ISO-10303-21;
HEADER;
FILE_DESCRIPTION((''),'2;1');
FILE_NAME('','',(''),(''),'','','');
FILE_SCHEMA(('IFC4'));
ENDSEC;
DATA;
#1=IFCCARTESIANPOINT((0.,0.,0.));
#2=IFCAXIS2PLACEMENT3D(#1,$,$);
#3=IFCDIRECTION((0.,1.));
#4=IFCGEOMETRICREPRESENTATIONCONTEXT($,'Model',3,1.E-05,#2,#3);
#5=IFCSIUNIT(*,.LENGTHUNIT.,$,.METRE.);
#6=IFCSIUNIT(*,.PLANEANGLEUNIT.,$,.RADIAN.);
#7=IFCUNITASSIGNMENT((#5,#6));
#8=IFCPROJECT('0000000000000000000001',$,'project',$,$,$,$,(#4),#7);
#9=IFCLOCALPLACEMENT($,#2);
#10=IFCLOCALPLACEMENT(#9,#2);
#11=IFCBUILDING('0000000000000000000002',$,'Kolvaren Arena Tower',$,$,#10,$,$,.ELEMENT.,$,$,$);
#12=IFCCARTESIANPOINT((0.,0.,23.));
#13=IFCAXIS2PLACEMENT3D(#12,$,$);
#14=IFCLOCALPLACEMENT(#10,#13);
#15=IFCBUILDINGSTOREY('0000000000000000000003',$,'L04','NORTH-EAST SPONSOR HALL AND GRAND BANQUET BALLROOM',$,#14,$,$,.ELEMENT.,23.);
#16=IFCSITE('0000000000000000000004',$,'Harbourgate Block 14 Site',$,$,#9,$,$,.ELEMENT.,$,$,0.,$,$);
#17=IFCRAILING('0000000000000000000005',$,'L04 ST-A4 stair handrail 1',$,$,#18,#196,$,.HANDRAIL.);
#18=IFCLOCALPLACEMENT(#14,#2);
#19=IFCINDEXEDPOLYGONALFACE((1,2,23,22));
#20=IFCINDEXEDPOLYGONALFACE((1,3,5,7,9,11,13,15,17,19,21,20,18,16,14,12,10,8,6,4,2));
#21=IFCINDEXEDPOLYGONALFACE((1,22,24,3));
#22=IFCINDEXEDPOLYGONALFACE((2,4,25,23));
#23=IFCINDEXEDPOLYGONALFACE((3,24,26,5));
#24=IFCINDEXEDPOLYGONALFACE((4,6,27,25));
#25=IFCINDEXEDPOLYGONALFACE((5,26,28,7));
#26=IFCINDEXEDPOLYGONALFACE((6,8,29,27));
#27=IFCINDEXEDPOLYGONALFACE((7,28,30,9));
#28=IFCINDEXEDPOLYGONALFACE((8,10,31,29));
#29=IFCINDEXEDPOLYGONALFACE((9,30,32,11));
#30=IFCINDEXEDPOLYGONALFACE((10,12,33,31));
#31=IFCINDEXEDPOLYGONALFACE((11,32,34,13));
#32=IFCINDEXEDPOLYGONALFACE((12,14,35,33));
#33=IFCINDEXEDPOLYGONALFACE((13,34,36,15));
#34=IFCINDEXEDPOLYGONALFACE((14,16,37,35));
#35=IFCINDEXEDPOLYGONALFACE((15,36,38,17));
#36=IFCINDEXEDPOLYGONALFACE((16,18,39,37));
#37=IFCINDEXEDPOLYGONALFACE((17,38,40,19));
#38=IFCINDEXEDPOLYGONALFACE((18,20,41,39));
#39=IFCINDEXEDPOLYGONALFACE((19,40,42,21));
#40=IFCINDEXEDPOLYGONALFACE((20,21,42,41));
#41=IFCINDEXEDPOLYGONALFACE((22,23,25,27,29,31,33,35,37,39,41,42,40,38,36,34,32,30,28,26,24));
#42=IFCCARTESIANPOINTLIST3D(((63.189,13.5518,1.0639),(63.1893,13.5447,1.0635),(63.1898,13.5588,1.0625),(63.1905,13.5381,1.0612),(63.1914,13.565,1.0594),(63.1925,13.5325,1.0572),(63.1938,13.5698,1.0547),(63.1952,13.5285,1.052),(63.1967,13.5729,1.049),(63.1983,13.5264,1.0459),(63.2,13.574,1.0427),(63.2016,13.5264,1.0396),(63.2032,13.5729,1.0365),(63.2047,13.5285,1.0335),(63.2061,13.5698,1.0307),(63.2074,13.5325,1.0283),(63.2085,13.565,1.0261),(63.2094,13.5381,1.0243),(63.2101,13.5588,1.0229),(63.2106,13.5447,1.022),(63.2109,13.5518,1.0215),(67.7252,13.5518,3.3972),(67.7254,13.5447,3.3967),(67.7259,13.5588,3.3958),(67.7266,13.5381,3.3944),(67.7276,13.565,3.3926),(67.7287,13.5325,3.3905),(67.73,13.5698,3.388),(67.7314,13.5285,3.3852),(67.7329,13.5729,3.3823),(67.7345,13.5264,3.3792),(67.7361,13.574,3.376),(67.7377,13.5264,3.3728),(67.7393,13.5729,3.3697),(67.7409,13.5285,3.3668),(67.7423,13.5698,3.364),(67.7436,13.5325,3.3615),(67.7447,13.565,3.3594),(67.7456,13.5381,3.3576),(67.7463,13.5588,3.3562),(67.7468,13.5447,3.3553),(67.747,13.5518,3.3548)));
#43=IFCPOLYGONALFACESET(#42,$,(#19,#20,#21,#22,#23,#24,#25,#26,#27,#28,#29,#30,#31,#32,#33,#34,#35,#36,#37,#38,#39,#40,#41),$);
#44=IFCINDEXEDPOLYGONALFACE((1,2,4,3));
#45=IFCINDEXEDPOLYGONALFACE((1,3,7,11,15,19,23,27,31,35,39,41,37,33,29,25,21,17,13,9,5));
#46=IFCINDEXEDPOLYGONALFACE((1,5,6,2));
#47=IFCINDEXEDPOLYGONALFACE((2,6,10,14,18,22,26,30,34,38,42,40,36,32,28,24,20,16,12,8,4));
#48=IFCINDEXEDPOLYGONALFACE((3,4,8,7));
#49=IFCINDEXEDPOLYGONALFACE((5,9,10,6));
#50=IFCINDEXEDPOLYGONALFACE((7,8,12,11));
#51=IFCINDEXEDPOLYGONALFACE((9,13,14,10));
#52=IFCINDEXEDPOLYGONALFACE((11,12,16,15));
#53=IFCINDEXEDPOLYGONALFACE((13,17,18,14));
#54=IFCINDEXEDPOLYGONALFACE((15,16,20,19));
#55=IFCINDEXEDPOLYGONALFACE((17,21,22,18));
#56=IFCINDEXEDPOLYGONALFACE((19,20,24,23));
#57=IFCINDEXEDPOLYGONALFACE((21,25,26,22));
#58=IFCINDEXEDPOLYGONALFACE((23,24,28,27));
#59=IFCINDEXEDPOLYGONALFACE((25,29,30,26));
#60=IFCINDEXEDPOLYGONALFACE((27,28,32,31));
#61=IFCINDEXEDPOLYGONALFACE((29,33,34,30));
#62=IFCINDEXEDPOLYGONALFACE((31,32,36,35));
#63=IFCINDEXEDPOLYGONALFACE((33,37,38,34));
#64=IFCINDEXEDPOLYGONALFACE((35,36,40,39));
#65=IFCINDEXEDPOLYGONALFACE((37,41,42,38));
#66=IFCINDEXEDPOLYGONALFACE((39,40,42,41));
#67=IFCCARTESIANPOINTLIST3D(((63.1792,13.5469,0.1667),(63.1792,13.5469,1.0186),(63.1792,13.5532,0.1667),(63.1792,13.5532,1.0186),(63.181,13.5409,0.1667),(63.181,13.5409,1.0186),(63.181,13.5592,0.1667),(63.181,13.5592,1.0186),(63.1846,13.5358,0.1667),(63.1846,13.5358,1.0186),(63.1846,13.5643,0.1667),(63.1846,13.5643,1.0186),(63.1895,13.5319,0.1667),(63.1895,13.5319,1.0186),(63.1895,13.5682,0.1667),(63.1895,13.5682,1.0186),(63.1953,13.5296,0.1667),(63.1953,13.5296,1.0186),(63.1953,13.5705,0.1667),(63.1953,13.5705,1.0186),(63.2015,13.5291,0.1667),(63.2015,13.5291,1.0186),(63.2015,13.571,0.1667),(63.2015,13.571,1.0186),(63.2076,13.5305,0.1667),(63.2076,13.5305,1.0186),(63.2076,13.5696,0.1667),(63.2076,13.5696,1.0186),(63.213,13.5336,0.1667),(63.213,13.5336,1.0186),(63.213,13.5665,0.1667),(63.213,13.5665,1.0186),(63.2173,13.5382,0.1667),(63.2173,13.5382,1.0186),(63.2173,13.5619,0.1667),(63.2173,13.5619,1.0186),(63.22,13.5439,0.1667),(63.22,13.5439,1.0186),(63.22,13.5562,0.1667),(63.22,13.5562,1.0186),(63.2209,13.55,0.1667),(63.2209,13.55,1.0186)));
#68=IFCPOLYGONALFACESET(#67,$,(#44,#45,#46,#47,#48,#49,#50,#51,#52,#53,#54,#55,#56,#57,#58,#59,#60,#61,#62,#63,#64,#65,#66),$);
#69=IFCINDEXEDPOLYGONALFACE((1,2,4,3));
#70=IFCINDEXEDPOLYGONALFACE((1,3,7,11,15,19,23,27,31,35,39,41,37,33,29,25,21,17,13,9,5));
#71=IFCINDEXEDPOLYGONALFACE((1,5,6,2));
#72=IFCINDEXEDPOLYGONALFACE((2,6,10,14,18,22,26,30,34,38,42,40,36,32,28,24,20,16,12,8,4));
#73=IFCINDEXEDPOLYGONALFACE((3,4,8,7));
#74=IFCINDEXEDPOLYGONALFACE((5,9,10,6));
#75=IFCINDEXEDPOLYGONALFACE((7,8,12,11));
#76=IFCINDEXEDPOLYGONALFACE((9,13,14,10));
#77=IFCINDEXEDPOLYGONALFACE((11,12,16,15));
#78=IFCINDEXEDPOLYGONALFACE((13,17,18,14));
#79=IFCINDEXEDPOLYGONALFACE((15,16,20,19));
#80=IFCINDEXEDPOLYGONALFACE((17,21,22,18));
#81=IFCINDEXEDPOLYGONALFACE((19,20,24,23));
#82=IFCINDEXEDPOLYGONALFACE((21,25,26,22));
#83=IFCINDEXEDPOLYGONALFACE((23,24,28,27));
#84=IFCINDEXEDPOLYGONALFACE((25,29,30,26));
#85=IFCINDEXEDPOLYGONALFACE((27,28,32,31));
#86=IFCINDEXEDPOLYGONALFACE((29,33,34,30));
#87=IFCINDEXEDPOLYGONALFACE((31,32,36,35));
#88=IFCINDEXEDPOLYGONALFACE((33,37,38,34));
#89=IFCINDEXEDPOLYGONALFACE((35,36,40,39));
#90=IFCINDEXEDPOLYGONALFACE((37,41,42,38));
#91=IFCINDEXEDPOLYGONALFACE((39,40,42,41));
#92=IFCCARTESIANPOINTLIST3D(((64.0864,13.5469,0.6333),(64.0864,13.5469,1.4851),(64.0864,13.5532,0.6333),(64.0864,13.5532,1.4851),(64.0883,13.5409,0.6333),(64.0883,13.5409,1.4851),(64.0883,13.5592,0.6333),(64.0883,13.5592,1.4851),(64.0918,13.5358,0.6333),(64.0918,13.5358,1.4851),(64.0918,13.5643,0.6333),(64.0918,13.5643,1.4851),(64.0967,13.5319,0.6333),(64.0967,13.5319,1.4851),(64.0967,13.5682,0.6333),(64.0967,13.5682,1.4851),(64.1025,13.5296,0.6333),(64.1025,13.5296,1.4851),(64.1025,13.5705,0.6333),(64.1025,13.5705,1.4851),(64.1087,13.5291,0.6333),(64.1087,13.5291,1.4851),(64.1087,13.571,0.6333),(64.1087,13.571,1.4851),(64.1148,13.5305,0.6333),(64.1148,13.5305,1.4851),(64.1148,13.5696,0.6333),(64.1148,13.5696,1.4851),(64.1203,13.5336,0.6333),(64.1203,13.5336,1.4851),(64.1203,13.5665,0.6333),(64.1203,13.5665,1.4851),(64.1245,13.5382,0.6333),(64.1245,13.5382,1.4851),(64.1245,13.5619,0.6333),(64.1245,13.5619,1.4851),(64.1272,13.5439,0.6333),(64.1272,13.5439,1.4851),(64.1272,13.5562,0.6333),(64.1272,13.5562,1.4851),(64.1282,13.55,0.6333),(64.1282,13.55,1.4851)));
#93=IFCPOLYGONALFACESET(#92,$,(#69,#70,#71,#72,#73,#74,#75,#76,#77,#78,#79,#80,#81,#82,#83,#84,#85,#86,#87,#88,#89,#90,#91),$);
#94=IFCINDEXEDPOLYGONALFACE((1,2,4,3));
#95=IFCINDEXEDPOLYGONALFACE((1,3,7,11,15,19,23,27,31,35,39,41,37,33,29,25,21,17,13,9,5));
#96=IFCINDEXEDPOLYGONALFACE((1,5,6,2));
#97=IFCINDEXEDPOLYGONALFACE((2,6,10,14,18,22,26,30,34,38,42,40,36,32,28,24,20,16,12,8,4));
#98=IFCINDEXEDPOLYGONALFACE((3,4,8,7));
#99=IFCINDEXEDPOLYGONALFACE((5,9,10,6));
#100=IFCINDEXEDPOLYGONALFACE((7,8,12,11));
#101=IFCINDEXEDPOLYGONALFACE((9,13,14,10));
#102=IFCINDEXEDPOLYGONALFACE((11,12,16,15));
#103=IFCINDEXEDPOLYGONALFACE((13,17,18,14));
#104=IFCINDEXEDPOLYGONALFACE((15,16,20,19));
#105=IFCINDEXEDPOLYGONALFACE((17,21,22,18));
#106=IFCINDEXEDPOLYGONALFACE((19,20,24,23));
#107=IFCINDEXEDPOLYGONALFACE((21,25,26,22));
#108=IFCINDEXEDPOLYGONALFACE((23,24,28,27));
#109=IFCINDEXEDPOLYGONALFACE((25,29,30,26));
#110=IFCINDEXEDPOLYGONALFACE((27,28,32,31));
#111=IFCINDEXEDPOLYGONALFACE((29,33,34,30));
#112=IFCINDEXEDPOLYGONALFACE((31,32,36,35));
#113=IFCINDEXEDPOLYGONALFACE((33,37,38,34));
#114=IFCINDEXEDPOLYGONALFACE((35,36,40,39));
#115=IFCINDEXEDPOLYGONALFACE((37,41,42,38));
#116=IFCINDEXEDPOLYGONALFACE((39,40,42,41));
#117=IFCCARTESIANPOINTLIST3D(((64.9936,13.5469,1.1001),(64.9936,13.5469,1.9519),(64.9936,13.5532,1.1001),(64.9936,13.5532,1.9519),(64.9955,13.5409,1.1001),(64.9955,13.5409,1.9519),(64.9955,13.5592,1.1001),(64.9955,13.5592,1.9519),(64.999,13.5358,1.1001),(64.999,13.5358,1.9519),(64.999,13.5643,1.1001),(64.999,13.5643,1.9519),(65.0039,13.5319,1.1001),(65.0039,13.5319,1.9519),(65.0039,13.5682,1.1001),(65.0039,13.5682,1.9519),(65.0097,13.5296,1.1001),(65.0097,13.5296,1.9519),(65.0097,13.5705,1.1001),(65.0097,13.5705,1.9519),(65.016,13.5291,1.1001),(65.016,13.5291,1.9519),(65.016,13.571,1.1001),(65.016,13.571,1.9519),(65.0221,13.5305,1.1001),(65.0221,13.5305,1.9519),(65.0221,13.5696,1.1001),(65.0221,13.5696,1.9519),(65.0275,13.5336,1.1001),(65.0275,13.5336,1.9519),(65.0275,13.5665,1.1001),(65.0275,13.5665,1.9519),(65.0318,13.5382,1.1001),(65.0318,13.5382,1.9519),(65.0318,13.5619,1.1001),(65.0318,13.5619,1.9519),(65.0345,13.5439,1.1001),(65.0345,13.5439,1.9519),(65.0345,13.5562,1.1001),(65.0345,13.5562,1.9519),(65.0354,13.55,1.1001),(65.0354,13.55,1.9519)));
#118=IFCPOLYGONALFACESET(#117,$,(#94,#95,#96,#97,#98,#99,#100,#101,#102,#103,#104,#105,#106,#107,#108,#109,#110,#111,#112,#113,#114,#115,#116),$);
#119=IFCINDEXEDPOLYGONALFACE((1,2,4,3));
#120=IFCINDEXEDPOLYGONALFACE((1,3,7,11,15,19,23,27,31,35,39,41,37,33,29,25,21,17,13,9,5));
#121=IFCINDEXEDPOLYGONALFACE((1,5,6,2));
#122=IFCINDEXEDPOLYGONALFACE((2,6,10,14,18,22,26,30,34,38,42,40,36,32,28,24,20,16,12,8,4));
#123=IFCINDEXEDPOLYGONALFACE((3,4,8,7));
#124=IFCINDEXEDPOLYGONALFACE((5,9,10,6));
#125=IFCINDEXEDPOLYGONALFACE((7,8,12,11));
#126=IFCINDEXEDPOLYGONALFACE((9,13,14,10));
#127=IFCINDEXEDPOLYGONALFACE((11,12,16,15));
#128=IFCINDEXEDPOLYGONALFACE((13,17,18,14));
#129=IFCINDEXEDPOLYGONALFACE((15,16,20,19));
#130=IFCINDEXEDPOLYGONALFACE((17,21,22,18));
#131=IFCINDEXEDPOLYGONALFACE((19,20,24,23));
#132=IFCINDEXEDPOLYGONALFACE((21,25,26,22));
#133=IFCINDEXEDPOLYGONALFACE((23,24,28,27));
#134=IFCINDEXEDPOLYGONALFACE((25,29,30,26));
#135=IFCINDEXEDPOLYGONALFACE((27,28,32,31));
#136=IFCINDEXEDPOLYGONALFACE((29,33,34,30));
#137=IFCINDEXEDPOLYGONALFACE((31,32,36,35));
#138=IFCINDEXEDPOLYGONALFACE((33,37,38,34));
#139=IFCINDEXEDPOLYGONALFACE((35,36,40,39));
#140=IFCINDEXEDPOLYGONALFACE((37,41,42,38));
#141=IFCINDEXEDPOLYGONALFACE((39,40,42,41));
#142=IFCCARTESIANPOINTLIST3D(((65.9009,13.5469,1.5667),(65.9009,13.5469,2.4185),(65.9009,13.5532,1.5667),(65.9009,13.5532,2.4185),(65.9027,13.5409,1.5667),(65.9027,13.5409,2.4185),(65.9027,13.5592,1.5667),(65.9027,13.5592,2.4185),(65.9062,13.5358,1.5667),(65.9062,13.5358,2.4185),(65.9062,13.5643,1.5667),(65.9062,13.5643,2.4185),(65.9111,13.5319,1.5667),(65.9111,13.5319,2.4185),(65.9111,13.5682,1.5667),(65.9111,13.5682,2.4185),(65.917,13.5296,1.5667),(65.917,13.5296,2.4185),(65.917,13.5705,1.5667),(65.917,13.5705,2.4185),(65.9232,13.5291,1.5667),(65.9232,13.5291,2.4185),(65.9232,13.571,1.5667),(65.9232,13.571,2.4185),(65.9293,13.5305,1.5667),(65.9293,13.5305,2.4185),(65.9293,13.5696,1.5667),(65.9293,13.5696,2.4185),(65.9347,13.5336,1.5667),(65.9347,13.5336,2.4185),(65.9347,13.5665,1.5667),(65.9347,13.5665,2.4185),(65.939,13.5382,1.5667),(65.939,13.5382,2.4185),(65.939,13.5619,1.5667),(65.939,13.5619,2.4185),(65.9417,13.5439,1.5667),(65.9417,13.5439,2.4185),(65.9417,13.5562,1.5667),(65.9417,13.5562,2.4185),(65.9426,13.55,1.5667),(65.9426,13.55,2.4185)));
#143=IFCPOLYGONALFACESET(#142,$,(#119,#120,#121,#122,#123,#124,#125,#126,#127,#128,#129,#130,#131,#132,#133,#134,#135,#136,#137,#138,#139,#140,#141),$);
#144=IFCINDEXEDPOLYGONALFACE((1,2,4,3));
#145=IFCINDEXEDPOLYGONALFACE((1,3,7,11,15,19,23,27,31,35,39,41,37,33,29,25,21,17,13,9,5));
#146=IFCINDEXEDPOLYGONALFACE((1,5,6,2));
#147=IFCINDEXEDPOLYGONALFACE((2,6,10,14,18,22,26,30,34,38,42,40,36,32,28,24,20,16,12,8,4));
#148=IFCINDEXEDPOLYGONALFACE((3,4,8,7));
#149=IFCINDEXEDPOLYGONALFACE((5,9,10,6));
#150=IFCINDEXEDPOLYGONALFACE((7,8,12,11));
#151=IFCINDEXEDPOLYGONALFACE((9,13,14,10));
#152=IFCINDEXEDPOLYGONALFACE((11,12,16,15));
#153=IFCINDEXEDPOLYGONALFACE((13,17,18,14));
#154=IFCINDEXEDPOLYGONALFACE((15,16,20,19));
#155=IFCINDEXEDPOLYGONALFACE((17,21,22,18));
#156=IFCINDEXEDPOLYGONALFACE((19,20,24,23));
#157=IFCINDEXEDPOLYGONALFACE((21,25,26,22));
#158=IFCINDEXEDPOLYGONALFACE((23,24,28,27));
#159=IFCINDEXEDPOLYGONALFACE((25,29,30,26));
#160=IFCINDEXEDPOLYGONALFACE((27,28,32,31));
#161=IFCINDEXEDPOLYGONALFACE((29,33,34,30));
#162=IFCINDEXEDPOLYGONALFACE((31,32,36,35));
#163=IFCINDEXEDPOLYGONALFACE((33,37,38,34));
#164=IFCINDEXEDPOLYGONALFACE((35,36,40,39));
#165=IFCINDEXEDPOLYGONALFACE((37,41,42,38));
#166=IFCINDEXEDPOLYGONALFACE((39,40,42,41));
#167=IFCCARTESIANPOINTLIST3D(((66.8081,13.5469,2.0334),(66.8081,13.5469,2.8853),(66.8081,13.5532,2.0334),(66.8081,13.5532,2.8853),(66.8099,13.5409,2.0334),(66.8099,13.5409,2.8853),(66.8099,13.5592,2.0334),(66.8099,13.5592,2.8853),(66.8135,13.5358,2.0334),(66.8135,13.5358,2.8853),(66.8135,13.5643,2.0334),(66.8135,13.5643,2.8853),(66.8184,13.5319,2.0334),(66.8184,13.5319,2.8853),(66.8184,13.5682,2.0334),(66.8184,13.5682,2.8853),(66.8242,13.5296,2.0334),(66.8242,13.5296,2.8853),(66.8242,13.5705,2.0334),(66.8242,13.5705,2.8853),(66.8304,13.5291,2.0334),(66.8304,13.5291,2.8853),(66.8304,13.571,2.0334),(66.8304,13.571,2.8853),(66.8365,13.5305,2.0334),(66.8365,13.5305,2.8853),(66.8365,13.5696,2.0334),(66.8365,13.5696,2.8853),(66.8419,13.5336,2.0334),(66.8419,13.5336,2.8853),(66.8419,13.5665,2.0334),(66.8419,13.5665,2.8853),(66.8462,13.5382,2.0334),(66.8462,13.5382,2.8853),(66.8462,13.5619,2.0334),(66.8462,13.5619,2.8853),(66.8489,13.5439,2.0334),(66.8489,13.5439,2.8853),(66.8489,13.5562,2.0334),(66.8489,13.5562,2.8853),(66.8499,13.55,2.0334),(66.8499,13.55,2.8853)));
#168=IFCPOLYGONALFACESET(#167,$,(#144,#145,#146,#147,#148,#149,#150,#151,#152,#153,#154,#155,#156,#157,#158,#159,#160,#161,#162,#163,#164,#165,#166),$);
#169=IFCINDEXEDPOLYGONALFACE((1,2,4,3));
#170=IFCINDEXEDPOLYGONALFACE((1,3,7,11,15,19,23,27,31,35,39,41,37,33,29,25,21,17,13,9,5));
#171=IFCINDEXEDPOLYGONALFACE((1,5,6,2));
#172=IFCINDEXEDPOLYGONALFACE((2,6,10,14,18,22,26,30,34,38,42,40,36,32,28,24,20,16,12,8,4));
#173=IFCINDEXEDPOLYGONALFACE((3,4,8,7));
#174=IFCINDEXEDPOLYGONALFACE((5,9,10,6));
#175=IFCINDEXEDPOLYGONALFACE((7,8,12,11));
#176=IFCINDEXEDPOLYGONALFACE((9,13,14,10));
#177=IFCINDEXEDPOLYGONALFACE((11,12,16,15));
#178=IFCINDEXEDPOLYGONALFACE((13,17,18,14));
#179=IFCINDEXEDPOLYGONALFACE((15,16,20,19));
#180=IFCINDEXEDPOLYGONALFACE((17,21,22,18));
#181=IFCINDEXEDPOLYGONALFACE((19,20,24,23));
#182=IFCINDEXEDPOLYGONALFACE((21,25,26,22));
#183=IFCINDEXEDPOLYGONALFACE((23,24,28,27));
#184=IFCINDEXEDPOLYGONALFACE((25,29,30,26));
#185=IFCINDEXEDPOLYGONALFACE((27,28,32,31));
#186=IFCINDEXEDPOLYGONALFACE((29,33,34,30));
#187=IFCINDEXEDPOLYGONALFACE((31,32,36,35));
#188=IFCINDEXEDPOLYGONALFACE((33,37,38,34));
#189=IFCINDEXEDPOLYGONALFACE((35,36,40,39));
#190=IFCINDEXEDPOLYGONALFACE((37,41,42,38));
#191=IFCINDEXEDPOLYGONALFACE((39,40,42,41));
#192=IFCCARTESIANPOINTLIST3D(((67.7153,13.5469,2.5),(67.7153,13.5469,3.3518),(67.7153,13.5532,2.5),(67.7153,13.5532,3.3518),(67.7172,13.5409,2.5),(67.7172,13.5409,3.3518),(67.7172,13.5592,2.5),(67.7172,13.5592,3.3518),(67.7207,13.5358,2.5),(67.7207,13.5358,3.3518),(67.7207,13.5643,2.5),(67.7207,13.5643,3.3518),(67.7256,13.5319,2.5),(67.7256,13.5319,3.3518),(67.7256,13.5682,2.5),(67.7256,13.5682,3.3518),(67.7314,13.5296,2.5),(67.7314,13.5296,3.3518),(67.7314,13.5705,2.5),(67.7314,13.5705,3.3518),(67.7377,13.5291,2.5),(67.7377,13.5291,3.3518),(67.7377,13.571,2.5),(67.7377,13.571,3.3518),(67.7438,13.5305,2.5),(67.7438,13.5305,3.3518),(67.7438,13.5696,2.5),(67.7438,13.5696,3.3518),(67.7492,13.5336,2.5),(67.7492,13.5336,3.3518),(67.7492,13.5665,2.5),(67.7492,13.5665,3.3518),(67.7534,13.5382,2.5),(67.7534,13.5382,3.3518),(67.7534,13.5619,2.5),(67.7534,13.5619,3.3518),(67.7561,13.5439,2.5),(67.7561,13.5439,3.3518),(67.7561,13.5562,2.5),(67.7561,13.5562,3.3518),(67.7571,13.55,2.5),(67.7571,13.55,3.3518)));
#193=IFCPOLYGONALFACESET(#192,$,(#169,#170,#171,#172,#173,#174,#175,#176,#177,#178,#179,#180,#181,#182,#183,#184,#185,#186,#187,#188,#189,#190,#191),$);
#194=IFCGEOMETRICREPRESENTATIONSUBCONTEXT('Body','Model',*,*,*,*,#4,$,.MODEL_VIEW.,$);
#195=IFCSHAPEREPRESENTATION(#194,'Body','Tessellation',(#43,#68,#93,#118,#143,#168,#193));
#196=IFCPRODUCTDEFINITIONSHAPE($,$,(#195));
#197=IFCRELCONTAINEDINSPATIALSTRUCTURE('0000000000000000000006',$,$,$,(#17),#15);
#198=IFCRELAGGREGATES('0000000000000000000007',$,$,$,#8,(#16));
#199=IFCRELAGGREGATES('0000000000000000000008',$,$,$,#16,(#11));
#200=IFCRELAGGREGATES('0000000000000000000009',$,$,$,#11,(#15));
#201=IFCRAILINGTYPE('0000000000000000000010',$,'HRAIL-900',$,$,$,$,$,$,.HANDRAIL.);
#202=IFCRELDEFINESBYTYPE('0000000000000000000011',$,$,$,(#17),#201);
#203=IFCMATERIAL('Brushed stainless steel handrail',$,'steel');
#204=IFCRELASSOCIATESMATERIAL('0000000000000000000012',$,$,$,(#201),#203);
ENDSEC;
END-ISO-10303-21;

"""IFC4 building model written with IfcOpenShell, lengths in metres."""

from ifc_helpers import new_model, si_unit, direction, frame, origin, origin_2d, place, context, subcontext, project, spatial, circle, extrude, material, type_object, element, save


model = new_model("IFC4")

# Units and contexts
model_context = context("Model", 3, precision=1e-05, world=origin(), true_north=direction((0.0, 1.0)))
body_context = subcontext(model_context, "Body", "Model", "MODEL_VIEW")
ifc_project = project(units=[si_unit("LENGTHUNIT", "METRE"), si_unit("PLANEANGLEUNIT", "RADIAN")], contexts=[model_context])

# Site, building, storey
site_placement = place(None, origin())
site = spatial("IfcSite", under=ifc_project, at=site_placement, Name="Harbourgate Block 14 Site", CompositionType="ELEMENT", RefElevation=0.0)
building_placement = place(site_placement, origin())
building = spatial("IfcBuilding", under=site, at=building_placement, Name="Kolvaren Arena Tower", CompositionType="ELEMENT")
storey_placement = place(building_placement, frame((0.0, 0.0, 23.0)))
storey = spatial("IfcBuildingStorey", under=building, at=storey_placement, Name="L04", Description="NORTH-EAST SPONSOR HALL AND GRAND BANQUET BALLROOM", CompositionType="ELEMENT", Elevation=23.0)

# Railing
ifc_material_1 = material(Name="Brushed stainless steel handrail", Category="steel")
railing_type_1 = type_object("IfcRailingType", Name="HRAIL-900", PredefinedType="HANDRAIL", material=ifc_material_1)
railing_1_placement = place(storey_placement, frame((63.2, 13.55, 0.1667)))
element("IfcRailing", 1, at=railing_1_placement, inside=storey, type_object=railing_type_1, Name="L04 ST-A4 stair handrail 1", PredefinedType="HANDRAIL", context=body_context, shape_type="SweptSolid", body=[
    extrude(circle(Radius=0.0239, at=origin_2d()), frame((0.0, 0.0, 0.876), z_axis=(0.889257, 0.0, 0.457407), x_axis=(0.0, 1.0, 0.0)), (0.0, 0.0, 1.0), 5.1011),
    extrude(circle(Radius=0.021, at=origin_2d()), origin(), (0.0, 0.0, 1.0), 0.8518),
    extrude(circle(Radius=0.021, at=origin_2d()), frame((0.9072, 0.0, 0.4666)), (0.0, 0.0, 1.0), 0.8518),
    extrude(circle(Radius=0.021, at=origin_2d()), frame((1.8145, 0.0, 0.9333)), (0.0, 0.0, 1.0), 0.8518),
    extrude(circle(Radius=0.021, at=origin_2d()), frame((2.7217, 0.0, 1.3999)), (0.0, 0.0, 1.0), 0.8518),
    extrude(circle(Radius=0.021, at=origin_2d()), frame((3.6289, 0.0, 1.8667)), (0.0, 0.0, 1.0), 0.8518),
    extrude(circle(Radius=0.021, at=origin_2d()), frame((4.5361, 0.0, 2.3333)), (0.0, 0.0, 1.0), 0.8518),
])

save(model, "model.ifc")
